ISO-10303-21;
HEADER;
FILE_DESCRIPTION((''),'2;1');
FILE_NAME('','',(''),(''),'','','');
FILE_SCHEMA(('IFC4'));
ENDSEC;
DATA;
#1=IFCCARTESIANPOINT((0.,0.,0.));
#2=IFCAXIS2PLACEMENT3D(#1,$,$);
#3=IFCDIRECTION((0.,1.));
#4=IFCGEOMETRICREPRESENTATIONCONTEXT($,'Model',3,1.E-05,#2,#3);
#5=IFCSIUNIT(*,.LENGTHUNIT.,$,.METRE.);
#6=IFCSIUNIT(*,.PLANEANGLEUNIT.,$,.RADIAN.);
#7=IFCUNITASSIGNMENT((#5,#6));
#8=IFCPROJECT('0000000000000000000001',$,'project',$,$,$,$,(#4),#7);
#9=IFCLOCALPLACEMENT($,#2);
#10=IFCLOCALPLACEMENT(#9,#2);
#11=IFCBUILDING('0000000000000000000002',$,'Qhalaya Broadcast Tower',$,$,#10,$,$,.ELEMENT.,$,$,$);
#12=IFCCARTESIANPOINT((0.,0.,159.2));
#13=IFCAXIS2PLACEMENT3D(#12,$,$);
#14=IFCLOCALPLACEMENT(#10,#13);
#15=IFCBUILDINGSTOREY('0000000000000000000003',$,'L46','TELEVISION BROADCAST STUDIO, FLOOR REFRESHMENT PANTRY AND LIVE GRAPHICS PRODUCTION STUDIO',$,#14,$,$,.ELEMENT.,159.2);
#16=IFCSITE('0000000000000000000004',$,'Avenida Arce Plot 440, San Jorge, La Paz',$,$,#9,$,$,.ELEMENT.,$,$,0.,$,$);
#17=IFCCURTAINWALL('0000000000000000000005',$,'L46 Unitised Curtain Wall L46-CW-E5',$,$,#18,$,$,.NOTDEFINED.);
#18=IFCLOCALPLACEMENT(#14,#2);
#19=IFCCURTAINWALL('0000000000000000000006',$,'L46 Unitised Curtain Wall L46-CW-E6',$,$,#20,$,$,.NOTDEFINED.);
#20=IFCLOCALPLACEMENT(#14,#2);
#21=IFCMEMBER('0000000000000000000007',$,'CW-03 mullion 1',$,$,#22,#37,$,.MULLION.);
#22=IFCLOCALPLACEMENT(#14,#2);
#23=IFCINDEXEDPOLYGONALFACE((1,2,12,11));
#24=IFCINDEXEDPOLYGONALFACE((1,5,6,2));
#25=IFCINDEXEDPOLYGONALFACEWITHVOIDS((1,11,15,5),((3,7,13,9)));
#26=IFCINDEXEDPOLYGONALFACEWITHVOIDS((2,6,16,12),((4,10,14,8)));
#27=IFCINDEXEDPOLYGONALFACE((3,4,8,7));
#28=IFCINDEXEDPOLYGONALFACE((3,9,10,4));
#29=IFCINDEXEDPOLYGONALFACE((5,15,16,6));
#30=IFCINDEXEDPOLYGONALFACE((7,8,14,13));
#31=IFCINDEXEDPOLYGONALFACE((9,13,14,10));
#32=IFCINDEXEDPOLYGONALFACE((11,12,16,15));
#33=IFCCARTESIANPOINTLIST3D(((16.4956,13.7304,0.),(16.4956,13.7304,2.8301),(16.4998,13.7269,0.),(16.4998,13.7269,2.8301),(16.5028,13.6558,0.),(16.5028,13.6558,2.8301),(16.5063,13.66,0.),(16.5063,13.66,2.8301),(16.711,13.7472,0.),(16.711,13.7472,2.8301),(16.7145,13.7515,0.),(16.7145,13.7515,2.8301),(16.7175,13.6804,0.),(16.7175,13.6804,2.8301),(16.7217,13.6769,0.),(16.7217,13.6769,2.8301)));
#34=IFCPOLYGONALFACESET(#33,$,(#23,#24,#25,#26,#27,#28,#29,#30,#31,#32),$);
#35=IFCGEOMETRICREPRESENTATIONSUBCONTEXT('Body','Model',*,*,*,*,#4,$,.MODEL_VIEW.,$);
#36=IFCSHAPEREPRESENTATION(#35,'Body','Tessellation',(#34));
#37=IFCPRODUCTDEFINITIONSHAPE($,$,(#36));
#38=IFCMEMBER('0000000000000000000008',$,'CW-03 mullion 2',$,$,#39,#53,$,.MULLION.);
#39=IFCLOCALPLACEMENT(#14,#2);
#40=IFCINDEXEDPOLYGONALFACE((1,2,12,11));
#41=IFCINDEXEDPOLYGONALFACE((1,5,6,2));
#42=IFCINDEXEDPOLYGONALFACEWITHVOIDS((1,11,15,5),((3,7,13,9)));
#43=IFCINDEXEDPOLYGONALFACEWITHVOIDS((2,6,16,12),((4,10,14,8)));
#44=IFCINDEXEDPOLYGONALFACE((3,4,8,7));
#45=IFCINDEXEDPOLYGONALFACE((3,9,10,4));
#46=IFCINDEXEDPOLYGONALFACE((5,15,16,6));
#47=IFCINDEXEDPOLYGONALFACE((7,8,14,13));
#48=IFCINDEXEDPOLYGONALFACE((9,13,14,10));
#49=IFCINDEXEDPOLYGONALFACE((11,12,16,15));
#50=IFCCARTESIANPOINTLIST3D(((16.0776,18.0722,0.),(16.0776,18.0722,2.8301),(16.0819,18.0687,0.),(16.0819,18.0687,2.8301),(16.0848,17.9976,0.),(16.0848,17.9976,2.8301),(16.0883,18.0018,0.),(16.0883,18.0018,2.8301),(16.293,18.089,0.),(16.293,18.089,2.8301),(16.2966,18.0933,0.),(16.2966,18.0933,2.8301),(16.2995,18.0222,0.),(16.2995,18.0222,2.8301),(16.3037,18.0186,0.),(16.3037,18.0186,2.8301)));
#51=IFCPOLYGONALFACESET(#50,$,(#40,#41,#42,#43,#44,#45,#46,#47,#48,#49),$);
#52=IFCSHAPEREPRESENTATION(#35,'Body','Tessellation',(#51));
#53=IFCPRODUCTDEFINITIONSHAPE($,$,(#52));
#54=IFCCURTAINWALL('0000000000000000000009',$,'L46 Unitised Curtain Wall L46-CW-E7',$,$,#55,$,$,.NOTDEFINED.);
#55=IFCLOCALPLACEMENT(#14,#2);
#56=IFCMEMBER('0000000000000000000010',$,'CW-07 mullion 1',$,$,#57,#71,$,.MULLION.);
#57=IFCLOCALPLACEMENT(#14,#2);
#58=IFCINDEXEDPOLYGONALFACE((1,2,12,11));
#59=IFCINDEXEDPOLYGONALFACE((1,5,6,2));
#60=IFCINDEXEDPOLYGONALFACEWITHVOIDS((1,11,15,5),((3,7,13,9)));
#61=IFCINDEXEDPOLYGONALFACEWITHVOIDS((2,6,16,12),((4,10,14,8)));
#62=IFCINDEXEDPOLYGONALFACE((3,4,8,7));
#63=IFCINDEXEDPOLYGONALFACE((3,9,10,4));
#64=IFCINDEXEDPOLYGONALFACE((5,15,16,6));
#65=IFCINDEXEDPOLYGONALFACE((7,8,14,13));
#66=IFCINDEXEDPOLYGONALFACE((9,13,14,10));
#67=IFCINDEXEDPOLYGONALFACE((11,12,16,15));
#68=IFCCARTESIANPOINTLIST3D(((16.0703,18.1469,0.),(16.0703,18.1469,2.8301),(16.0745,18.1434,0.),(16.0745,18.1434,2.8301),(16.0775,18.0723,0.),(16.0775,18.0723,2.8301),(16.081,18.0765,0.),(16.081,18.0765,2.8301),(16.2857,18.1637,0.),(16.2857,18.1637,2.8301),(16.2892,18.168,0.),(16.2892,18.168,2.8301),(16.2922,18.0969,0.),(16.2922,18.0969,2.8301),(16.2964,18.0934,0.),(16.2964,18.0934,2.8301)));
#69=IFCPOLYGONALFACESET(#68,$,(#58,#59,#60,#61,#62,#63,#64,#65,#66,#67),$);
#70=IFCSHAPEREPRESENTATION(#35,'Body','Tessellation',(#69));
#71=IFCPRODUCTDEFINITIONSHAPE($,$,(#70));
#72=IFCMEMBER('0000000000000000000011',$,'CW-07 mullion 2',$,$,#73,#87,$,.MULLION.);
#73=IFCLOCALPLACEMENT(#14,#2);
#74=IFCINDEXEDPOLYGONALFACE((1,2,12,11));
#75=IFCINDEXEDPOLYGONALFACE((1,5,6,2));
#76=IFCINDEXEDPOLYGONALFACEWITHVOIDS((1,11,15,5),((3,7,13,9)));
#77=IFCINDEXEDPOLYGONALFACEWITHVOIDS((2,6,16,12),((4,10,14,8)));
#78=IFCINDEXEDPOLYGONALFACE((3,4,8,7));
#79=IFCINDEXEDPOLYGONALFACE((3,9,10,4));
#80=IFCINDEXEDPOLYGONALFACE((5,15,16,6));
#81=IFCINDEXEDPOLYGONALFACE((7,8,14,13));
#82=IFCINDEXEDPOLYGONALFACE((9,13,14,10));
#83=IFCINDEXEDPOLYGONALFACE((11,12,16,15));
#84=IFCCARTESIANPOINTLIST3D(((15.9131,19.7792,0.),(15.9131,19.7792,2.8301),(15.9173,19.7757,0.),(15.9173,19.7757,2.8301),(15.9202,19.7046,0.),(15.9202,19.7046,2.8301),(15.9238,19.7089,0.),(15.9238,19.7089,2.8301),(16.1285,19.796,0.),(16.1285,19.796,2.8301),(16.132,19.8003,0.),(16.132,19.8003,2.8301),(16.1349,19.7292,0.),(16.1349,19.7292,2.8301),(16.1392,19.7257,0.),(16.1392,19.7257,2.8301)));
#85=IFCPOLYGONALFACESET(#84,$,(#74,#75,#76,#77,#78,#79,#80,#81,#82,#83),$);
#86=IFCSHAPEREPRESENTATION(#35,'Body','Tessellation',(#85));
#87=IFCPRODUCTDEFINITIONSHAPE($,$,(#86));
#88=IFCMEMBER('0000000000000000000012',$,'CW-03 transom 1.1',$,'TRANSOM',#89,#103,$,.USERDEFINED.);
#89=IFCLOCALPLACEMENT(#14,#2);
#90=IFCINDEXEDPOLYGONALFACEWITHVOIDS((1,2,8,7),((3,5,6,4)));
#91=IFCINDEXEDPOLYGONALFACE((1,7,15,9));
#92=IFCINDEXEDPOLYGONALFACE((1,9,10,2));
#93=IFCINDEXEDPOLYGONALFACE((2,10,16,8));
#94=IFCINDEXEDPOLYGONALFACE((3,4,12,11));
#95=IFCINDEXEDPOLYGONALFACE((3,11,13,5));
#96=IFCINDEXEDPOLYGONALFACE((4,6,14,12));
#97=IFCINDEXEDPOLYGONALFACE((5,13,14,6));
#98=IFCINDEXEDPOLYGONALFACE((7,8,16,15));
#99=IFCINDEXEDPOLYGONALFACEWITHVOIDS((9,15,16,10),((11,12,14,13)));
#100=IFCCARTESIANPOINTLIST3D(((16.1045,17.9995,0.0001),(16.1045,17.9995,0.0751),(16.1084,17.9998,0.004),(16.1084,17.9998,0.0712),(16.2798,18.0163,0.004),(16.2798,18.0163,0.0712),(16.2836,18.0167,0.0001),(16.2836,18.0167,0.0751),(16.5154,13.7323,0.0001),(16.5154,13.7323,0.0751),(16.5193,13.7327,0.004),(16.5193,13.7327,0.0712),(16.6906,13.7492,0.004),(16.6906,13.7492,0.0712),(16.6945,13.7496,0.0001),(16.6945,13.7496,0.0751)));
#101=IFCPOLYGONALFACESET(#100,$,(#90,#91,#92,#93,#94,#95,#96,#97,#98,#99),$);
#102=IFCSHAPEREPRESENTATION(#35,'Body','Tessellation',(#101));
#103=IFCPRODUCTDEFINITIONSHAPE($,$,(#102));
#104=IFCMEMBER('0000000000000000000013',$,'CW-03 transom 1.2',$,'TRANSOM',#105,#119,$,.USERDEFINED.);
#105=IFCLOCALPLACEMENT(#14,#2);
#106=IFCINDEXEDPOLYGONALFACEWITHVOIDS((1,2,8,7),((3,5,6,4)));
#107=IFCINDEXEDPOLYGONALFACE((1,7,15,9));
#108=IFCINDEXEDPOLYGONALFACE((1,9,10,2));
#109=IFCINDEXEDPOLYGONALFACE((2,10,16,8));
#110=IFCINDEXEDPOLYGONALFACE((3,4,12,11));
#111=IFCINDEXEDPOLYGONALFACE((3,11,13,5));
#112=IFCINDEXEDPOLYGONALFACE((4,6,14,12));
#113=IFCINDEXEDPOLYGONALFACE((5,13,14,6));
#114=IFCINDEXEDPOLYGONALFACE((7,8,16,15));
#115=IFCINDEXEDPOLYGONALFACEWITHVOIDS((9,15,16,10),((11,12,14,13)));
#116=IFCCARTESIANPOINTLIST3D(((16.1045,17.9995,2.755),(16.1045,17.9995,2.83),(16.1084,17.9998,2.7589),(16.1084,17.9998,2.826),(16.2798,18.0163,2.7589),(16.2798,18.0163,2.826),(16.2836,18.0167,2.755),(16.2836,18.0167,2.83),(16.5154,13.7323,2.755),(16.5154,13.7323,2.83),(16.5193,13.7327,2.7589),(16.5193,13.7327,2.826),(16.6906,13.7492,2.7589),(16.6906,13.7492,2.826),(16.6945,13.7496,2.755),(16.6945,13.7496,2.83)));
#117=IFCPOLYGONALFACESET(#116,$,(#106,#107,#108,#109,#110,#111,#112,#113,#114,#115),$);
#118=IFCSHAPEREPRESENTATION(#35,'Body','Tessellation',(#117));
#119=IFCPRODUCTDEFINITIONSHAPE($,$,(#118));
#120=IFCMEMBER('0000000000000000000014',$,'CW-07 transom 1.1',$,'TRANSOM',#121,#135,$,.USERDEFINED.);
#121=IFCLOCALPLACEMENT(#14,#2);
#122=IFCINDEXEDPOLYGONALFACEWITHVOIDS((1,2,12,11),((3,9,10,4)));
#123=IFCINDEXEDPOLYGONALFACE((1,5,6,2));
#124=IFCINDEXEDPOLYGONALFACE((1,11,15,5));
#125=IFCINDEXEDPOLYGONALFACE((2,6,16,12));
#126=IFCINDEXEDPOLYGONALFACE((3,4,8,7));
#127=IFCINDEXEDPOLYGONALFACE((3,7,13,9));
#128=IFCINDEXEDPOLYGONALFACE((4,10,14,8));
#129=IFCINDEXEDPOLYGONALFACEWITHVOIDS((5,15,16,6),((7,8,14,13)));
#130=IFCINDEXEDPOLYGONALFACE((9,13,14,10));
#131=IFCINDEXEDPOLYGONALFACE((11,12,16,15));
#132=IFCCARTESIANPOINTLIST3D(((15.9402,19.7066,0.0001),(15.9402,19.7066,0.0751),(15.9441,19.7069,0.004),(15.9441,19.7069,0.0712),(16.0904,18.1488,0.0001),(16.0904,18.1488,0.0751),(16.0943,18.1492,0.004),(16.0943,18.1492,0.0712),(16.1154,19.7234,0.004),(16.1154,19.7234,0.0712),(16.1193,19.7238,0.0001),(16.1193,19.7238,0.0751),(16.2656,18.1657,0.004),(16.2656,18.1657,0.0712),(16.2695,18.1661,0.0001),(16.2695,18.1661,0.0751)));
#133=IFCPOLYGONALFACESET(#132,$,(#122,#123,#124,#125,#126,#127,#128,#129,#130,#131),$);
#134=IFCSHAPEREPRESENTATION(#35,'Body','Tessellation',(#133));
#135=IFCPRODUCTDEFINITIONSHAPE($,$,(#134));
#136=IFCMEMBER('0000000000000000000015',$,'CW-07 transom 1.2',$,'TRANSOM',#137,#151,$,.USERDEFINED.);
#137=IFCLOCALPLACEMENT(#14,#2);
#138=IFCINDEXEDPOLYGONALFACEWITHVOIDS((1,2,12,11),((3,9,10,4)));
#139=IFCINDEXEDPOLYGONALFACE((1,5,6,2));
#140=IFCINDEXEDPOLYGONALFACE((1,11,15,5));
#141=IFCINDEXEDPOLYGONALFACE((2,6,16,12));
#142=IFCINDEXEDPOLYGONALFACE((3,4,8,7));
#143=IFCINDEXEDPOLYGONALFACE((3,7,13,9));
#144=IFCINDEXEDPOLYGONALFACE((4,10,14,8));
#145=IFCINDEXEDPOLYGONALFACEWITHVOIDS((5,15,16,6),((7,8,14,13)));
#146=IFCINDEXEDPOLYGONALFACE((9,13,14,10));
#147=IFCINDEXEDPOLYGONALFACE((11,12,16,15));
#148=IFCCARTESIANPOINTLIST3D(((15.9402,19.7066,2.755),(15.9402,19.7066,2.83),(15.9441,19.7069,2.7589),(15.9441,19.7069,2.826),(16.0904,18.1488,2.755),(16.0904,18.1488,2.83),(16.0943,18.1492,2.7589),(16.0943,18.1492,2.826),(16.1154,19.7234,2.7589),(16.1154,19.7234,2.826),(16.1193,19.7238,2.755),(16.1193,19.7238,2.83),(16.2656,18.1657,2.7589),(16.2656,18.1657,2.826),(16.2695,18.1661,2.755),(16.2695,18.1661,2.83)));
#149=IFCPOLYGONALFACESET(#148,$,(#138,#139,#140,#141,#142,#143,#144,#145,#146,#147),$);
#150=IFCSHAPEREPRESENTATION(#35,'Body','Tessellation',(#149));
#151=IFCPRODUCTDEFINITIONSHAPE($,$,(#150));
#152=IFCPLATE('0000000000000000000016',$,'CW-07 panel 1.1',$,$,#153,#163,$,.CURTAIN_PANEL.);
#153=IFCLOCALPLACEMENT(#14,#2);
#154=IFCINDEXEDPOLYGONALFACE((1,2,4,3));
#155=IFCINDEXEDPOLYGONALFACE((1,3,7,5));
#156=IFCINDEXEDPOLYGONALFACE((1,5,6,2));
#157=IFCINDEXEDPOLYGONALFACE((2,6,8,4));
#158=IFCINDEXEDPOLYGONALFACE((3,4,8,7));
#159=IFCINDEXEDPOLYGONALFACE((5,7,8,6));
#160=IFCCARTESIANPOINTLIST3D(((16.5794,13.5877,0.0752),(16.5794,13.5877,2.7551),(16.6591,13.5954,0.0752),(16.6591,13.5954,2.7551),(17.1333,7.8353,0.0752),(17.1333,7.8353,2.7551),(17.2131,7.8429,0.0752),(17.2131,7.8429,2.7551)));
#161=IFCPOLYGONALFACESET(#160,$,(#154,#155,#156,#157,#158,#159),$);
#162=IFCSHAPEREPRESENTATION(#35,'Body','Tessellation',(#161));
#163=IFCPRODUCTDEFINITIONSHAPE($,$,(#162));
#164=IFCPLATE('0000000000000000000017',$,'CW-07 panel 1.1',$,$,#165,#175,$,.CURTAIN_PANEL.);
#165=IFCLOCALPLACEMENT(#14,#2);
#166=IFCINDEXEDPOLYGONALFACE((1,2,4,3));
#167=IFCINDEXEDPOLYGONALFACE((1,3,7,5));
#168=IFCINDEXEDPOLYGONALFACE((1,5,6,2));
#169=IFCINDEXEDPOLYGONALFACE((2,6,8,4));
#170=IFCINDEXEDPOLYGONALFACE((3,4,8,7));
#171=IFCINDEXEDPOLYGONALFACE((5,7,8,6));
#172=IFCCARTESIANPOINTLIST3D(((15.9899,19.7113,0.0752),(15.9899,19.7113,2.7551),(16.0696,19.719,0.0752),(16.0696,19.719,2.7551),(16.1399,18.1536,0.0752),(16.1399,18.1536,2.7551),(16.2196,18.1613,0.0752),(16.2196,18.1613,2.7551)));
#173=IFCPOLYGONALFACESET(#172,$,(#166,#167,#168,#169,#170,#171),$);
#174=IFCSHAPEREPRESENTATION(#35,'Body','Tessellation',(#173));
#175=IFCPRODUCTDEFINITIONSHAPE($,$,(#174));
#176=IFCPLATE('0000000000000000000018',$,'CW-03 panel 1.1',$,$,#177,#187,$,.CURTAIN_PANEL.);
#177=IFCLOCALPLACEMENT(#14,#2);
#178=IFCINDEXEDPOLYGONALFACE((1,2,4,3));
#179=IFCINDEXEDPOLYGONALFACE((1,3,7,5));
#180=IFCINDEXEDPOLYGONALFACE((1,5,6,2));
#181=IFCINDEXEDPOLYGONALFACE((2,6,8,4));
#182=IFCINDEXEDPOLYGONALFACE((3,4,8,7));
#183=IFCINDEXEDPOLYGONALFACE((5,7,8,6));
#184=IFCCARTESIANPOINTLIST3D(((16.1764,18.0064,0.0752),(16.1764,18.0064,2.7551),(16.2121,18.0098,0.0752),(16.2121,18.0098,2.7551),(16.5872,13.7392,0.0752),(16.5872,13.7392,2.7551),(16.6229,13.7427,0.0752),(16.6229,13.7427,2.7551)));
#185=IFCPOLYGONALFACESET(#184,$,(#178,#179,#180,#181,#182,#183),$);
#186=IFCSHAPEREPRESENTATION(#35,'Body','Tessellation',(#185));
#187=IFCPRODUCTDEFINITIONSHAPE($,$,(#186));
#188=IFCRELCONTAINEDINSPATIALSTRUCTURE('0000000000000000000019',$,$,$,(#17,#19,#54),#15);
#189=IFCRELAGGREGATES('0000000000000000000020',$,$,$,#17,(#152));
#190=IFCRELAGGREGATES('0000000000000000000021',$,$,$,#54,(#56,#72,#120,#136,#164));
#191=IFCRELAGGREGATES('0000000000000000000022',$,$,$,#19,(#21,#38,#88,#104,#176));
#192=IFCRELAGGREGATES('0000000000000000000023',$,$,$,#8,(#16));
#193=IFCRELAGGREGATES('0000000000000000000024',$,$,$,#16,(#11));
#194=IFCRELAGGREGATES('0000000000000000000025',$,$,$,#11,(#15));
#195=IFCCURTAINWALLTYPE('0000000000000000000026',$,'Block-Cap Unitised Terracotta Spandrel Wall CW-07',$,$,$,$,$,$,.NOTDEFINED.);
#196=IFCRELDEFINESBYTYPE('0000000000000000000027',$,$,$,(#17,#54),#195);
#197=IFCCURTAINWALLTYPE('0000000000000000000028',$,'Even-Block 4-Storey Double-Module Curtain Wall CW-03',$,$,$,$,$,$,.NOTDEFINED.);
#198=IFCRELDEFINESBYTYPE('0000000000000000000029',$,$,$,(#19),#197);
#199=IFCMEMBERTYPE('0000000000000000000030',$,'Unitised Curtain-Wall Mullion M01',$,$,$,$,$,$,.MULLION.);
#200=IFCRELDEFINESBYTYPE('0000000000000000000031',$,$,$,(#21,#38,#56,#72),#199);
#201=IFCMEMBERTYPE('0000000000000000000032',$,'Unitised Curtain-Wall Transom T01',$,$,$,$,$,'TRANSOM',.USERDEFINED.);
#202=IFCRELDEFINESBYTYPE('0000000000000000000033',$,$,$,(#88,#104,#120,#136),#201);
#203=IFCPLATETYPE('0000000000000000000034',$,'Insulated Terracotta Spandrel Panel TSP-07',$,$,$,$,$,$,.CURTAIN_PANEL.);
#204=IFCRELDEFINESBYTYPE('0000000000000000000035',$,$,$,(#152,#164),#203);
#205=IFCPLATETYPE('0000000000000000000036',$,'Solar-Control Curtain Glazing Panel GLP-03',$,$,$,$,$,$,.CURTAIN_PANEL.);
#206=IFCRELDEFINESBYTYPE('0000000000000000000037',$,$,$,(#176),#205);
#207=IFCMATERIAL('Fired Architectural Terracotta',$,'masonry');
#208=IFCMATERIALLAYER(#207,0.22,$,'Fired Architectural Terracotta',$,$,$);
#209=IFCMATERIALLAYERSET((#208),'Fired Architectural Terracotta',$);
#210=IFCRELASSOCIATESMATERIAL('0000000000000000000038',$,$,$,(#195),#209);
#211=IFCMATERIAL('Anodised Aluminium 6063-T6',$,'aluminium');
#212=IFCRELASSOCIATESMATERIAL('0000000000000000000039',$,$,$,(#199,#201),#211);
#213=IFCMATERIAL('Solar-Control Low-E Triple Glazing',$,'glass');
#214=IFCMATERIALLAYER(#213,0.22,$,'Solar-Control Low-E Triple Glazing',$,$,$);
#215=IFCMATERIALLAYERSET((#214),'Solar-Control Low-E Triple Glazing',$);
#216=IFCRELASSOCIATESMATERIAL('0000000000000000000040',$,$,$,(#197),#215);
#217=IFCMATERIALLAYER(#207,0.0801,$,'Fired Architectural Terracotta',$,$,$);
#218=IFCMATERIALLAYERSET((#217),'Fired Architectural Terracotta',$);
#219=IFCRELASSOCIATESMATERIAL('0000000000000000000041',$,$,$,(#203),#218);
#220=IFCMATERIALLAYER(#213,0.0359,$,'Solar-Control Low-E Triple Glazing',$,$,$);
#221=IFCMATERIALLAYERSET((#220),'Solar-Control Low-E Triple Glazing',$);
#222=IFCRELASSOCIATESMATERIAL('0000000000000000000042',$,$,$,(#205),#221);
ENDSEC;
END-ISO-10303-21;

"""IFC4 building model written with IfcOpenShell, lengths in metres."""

from ifc_helpers import new_model, si_unit, direction, frame, origin, origin_2d, place, context, subcontext, project, spatial, rectangle, hollow_rectangle, extrude, material, layer, layer_set, material_profile, profile_set, type_object, element, aggregate, save


model = new_model("IFC4")

# Units and contexts
model_context = context("Model", 3, precision=1e-05, world=origin(), true_north=direction((0.0, 1.0)))
body_context = subcontext(model_context, "Body", "Model", "MODEL_VIEW")
ifc_project = project(units=[si_unit("LENGTHUNIT", "METRE"), si_unit("PLANEANGLEUNIT", "RADIAN")], contexts=[model_context])

# Site, building, storey
site_placement = place(None, origin())
site = spatial("IfcSite", under=ifc_project, at=site_placement, Name="Avenida Arce Plot 440, San Jorge, La Paz", CompositionType="ELEMENT", RefElevation=0.0)
building_placement = place(site_placement, origin())
building = spatial("IfcBuilding", under=site, at=building_placement, Name="Qhalaya Broadcast Tower", CompositionType="ELEMENT")
storey_placement = place(building_placement, frame((0.0, 0.0, 159.2)))
storey = spatial("IfcBuildingStorey", under=building, at=storey_placement, Name="L46", Description="TELEVISION BROADCAST STUDIO, FLOOR REFRESHMENT PANTRY AND LIVE GRAPHICS PRODUCTION STUDIO", CompositionType="ELEMENT", Elevation=159.2)

# Shared definitions
ifc_material_1 = material(Name="Fired Architectural Terracotta", Category="masonry")

# Curtain wall
ifc_layer_1 = layer(ifc_material_1, 0.22, Name="Fired Architectural Terracotta")
ifc_layer_set_1 = layer_set([ifc_layer_1], Name="Fired Architectural Terracotta")
curtain_wall_type_1 = type_object("IfcCurtainWallType", Name="Block-Cap Unitised Terracotta Spandrel Wall CW-07", PredefinedType="NOTDEFINED", material=ifc_layer_set_1)
curtain_wall_1_placement = place(storey_placement, origin())
curtain_wall_1 = element("IfcCurtainWall", 1, at=curtain_wall_1_placement, inside=storey, type_object=curtain_wall_type_1, Name="L46 Unitised Curtain Wall L46-CW-E5", PredefinedType="NOTDEFINED")
ifc_material_2 = material(Name="Anodised Aluminium 6063-T6", Category="aluminium")
ifc_material_profile_1 = material_profile(ifc_material_2, hollow_rectangle(XDim=0.075, YDim=0.22, WallThickness=0.0039, at=origin_2d()), Name="ALU-MUL 75x220x4")
ifc_profile_set_1 = profile_set([ifc_material_profile_1], Name="Anodised Aluminium 6063-T6")
member_type_1 = type_object("IfcMemberType", Name="Unitised Curtain-Wall Mullion M01", PredefinedType="MULLION", material=ifc_profile_set_1)

# Curtain walls, members
ifc_material_3 = material(Name="Solar-Control Low-E Triple Glazing", Category="glass")
ifc_layer_2 = layer(ifc_material_3, 0.22, Name="Solar-Control Low-E Triple Glazing")
ifc_layer_set_2 = layer_set([ifc_layer_2], Name="Solar-Control Low-E Triple Glazing")
curtain_wall_type_2 = type_object("IfcCurtainWallType", Name="Even-Block 4-Storey Double-Module Curtain Wall CW-03", PredefinedType="NOTDEFINED", material=ifc_layer_set_2)
curtain_wall_2_placement = place(storey_placement, origin())
curtain_wall_2 = element("IfcCurtainWall", 2, at=curtain_wall_2_placement, inside=storey, type_object=curtain_wall_type_2, Name="L46 Unitised Curtain Wall L46-CW-E6", PredefinedType="NOTDEFINED")
member_1_placement = place(storey_placement, frame((16.6086, 13.7036, 0.0), z_axis=(0.0, 0.0, 1.0), x_axis=(-0.095832, 0.995398, 0.0)))
member_1 = element("IfcMember", 3, at=member_1_placement, type_object=member_type_1, Name="CW-03 mullion 1", PredefinedType="MULLION", context=body_context, shape_type="SweptSolid", body=[
    extrude(hollow_rectangle(XDim=0.075, YDim=0.22, WallThickness=0.0039, at=origin_2d()), origin(), (0.0, 0.0, 1.0), 2.8301),
])
member_2_placement = place(storey_placement, frame((16.1907, 18.0454, 0.0), z_axis=(0.0, 0.0, 1.0), x_axis=(-0.095832, 0.995398, 0.0)))
member_2 = element("IfcMember", 4, at=member_2_placement, type_object=member_type_1, Name="CW-03 mullion 2", PredefinedType="MULLION", context=body_context, shape_type="SweptSolid", body=[
    extrude(hollow_rectangle(XDim=0.075, YDim=0.22, WallThickness=0.0039, at=origin_2d()), origin(), (0.0, 0.0, 1.0), 2.8301),
])
curtain_wall_3_placement = place(storey_placement, origin())
curtain_wall_3 = element("IfcCurtainWall", 5, at=curtain_wall_3_placement, inside=storey, type_object=curtain_wall_type_1, Name="L46 Unitised Curtain Wall L46-CW-E7", PredefinedType="NOTDEFINED")
member_3_placement = place(storey_placement, frame((16.1833, 18.1201, 0.0), z_axis=(0.0, 0.0, 1.0), x_axis=(-0.09586, 0.995395, 0.0)))
member_3 = element("IfcMember", 6, at=member_3_placement, type_object=member_type_1, Name="CW-07 mullion 1", PredefinedType="MULLION", context=body_context, shape_type="SweptSolid", body=[
    extrude(hollow_rectangle(XDim=0.075, YDim=0.22, WallThickness=0.0039, at=origin_2d()), origin(), (0.0, 0.0, 1.0), 2.8301),
])
member_4_placement = place(storey_placement, frame((16.0261, 19.7524, 0.0), z_axis=(0.0, 0.0, 1.0), x_axis=(-0.09586, 0.995395, 0.0)))
member_4 = element("IfcMember", 7, at=member_4_placement, type_object=member_type_1, Name="CW-07 mullion 2", PredefinedType="MULLION", context=body_context, shape_type="SweptSolid", body=[
    extrude(hollow_rectangle(XDim=0.075, YDim=0.22, WallThickness=0.0039, at=origin_2d()), origin(), (0.0, 0.0, 1.0), 2.8301),
])

# Members
ifc_material_profile_2 = material_profile(ifc_material_2, hollow_rectangle(XDim=0.075, YDim=0.1799, WallThickness=0.0039, at=origin_2d()), Name="ALU-TRN 75x180x4")
ifc_profile_set_2 = profile_set([ifc_material_profile_2], Name="Anodised Aluminium 6063-T6")
member_type_2 = type_object("IfcMemberType", Name="Unitised Curtain-Wall Transom T01", ElementType="TRANSOM", PredefinedType="USERDEFINED", material=ifc_profile_set_2)
member_5_placement = place(storey_placement, frame((16.605, 13.741, 0.0376), z_axis=(-0.095849, 0.995396, 0.0), x_axis=(0.0, 0.0, 1.0)))
member_5 = element("IfcMember", 8, at=member_5_placement, type_object=member_type_2, Name="CW-03 transom 1.1", ObjectType="TRANSOM", PredefinedType="USERDEFINED", context=body_context, shape_type="SweptSolid", body=[
    extrude(hollow_rectangle(XDim=0.075, YDim=0.1799, WallThickness=0.0039, at=origin_2d()), origin(), (0.0, 0.0, 1.0), 4.2869),
])
member_6_placement = place(storey_placement, frame((16.605, 13.741, 2.7925), z_axis=(-0.095849, 0.995396, 0.0), x_axis=(0.0, 0.0, 1.0)))
member_6 = element("IfcMember", 9, at=member_6_placement, type_object=member_type_2, Name="CW-03 transom 1.2", ObjectType="TRANSOM", PredefinedType="USERDEFINED", context=body_context, shape_type="SweptSolid", body=[
    extrude(hollow_rectangle(XDim=0.075, YDim=0.1799, WallThickness=0.0039, at=origin_2d()), origin(), (0.0, 0.0, 1.0), 4.2869),
])
member_7_placement = place(storey_placement, frame((16.1799, 18.1575, 0.0376), z_axis=(-0.09595, 0.995386, 0.0), x_axis=(0.0, 0.0, 1.0)))
member_7 = element("IfcMember", 10, at=member_7_placement, type_object=member_type_2, Name="CW-07 transom 1.1", ObjectType="TRANSOM", PredefinedType="USERDEFINED", context=body_context, shape_type="SweptSolid", body=[
    extrude(hollow_rectangle(XDim=0.075, YDim=0.1799, WallThickness=0.0039, at=origin_2d()), origin(), (0.0, 0.0, 1.0), 1.5649),
])
member_8_placement = place(storey_placement, frame((16.1799, 18.1575, 2.7925), z_axis=(-0.09595, 0.995386, 0.0), x_axis=(0.0, 0.0, 1.0)))
member_8 = element("IfcMember", 11, at=member_8_placement, type_object=member_type_2, Name="CW-07 transom 1.2", ObjectType="TRANSOM", PredefinedType="USERDEFINED", context=body_context, shape_type="SweptSolid", body=[
    extrude(hollow_rectangle(XDim=0.075, YDim=0.1799, WallThickness=0.0039, at=origin_2d()), origin(), (0.0, 0.0, 1.0), 1.5649),
])

# Plates
ifc_layer_3 = layer(ifc_material_1, 0.0801, Name="Fired Architectural Terracotta")
ifc_layer_set_3 = layer_set([ifc_layer_3], Name="Fired Architectural Terracotta")
plate_type_1 = type_object("IfcPlateType", Name="Insulated Terracotta Spandrel Panel TSP-07", PredefinedType="CURTAIN_PANEL", material=ifc_layer_set_3)
plate_1_placement = place(storey_placement, frame((16.8962, 10.7153, 0.0752), z_axis=(0.0, 0.0, 1.0), x_axis=(-0.095849, 0.995396, 0.0)))
plate_1 = element("IfcPlate", 12, at=plate_1_placement, type_object=plate_type_1, Name="CW-07 panel 1.1", PredefinedType="CURTAIN_PANEL", context=body_context, shape_type="SweptSolid", body=[
    extrude(rectangle(XDim=5.7791, YDim=0.0801, at=origin_2d()), origin(), (0.0, 0.0, 1.0), 2.6799),
])
aggregate(curtain_wall_1, [plate_1])
plate_2_placement = place(storey_placement, frame((16.1047, 18.9363, 0.0752), z_axis=(0.0, 0.0, 1.0), x_axis=(-0.09586, 0.995395, 0.0)))
plate_2 = element("IfcPlate", 13, at=plate_2_placement, type_object=plate_type_1, Name="CW-07 panel 1.1", PredefinedType="CURTAIN_PANEL", context=body_context, shape_type="SweptSolid", body=[
    extrude(rectangle(XDim=1.5649, YDim=0.0801, at=origin_2d()), origin(), (0.0, 0.0, 1.0), 2.6799),
])
aggregate(curtain_wall_3, [member_3, member_4, member_7, member_8, plate_2])
ifc_layer_4 = layer(ifc_material_3, 0.0359, Name="Solar-Control Low-E Triple Glazing")
ifc_layer_set_4 = layer_set([ifc_layer_4], Name="Solar-Control Low-E Triple Glazing")
plate_type_2 = type_object("IfcPlateType", Name="Solar-Control Curtain Glazing Panel GLP-03", PredefinedType="CURTAIN_PANEL", material=ifc_layer_set_4)
plate_3_placement = place(storey_placement, frame((16.3997, 15.8745, 0.0752), z_axis=(0.0, 0.0, 1.0), x_axis=(-0.095832, 0.995398, 0.0)))
plate_3 = element("IfcPlate", 14, at=plate_3_placement, type_object=plate_type_2, Name="CW-03 panel 1.1", PredefinedType="CURTAIN_PANEL", context=body_context, shape_type="SweptSolid", body=[
    extrude(rectangle(XDim=4.2869, YDim=0.0359, at=origin_2d()), origin(), (0.0, 0.0, 1.0), 2.6799),
])
aggregate(curtain_wall_2, [member_1, member_2, member_5, member_6, plate_3])

save(model, "model.ifc")
